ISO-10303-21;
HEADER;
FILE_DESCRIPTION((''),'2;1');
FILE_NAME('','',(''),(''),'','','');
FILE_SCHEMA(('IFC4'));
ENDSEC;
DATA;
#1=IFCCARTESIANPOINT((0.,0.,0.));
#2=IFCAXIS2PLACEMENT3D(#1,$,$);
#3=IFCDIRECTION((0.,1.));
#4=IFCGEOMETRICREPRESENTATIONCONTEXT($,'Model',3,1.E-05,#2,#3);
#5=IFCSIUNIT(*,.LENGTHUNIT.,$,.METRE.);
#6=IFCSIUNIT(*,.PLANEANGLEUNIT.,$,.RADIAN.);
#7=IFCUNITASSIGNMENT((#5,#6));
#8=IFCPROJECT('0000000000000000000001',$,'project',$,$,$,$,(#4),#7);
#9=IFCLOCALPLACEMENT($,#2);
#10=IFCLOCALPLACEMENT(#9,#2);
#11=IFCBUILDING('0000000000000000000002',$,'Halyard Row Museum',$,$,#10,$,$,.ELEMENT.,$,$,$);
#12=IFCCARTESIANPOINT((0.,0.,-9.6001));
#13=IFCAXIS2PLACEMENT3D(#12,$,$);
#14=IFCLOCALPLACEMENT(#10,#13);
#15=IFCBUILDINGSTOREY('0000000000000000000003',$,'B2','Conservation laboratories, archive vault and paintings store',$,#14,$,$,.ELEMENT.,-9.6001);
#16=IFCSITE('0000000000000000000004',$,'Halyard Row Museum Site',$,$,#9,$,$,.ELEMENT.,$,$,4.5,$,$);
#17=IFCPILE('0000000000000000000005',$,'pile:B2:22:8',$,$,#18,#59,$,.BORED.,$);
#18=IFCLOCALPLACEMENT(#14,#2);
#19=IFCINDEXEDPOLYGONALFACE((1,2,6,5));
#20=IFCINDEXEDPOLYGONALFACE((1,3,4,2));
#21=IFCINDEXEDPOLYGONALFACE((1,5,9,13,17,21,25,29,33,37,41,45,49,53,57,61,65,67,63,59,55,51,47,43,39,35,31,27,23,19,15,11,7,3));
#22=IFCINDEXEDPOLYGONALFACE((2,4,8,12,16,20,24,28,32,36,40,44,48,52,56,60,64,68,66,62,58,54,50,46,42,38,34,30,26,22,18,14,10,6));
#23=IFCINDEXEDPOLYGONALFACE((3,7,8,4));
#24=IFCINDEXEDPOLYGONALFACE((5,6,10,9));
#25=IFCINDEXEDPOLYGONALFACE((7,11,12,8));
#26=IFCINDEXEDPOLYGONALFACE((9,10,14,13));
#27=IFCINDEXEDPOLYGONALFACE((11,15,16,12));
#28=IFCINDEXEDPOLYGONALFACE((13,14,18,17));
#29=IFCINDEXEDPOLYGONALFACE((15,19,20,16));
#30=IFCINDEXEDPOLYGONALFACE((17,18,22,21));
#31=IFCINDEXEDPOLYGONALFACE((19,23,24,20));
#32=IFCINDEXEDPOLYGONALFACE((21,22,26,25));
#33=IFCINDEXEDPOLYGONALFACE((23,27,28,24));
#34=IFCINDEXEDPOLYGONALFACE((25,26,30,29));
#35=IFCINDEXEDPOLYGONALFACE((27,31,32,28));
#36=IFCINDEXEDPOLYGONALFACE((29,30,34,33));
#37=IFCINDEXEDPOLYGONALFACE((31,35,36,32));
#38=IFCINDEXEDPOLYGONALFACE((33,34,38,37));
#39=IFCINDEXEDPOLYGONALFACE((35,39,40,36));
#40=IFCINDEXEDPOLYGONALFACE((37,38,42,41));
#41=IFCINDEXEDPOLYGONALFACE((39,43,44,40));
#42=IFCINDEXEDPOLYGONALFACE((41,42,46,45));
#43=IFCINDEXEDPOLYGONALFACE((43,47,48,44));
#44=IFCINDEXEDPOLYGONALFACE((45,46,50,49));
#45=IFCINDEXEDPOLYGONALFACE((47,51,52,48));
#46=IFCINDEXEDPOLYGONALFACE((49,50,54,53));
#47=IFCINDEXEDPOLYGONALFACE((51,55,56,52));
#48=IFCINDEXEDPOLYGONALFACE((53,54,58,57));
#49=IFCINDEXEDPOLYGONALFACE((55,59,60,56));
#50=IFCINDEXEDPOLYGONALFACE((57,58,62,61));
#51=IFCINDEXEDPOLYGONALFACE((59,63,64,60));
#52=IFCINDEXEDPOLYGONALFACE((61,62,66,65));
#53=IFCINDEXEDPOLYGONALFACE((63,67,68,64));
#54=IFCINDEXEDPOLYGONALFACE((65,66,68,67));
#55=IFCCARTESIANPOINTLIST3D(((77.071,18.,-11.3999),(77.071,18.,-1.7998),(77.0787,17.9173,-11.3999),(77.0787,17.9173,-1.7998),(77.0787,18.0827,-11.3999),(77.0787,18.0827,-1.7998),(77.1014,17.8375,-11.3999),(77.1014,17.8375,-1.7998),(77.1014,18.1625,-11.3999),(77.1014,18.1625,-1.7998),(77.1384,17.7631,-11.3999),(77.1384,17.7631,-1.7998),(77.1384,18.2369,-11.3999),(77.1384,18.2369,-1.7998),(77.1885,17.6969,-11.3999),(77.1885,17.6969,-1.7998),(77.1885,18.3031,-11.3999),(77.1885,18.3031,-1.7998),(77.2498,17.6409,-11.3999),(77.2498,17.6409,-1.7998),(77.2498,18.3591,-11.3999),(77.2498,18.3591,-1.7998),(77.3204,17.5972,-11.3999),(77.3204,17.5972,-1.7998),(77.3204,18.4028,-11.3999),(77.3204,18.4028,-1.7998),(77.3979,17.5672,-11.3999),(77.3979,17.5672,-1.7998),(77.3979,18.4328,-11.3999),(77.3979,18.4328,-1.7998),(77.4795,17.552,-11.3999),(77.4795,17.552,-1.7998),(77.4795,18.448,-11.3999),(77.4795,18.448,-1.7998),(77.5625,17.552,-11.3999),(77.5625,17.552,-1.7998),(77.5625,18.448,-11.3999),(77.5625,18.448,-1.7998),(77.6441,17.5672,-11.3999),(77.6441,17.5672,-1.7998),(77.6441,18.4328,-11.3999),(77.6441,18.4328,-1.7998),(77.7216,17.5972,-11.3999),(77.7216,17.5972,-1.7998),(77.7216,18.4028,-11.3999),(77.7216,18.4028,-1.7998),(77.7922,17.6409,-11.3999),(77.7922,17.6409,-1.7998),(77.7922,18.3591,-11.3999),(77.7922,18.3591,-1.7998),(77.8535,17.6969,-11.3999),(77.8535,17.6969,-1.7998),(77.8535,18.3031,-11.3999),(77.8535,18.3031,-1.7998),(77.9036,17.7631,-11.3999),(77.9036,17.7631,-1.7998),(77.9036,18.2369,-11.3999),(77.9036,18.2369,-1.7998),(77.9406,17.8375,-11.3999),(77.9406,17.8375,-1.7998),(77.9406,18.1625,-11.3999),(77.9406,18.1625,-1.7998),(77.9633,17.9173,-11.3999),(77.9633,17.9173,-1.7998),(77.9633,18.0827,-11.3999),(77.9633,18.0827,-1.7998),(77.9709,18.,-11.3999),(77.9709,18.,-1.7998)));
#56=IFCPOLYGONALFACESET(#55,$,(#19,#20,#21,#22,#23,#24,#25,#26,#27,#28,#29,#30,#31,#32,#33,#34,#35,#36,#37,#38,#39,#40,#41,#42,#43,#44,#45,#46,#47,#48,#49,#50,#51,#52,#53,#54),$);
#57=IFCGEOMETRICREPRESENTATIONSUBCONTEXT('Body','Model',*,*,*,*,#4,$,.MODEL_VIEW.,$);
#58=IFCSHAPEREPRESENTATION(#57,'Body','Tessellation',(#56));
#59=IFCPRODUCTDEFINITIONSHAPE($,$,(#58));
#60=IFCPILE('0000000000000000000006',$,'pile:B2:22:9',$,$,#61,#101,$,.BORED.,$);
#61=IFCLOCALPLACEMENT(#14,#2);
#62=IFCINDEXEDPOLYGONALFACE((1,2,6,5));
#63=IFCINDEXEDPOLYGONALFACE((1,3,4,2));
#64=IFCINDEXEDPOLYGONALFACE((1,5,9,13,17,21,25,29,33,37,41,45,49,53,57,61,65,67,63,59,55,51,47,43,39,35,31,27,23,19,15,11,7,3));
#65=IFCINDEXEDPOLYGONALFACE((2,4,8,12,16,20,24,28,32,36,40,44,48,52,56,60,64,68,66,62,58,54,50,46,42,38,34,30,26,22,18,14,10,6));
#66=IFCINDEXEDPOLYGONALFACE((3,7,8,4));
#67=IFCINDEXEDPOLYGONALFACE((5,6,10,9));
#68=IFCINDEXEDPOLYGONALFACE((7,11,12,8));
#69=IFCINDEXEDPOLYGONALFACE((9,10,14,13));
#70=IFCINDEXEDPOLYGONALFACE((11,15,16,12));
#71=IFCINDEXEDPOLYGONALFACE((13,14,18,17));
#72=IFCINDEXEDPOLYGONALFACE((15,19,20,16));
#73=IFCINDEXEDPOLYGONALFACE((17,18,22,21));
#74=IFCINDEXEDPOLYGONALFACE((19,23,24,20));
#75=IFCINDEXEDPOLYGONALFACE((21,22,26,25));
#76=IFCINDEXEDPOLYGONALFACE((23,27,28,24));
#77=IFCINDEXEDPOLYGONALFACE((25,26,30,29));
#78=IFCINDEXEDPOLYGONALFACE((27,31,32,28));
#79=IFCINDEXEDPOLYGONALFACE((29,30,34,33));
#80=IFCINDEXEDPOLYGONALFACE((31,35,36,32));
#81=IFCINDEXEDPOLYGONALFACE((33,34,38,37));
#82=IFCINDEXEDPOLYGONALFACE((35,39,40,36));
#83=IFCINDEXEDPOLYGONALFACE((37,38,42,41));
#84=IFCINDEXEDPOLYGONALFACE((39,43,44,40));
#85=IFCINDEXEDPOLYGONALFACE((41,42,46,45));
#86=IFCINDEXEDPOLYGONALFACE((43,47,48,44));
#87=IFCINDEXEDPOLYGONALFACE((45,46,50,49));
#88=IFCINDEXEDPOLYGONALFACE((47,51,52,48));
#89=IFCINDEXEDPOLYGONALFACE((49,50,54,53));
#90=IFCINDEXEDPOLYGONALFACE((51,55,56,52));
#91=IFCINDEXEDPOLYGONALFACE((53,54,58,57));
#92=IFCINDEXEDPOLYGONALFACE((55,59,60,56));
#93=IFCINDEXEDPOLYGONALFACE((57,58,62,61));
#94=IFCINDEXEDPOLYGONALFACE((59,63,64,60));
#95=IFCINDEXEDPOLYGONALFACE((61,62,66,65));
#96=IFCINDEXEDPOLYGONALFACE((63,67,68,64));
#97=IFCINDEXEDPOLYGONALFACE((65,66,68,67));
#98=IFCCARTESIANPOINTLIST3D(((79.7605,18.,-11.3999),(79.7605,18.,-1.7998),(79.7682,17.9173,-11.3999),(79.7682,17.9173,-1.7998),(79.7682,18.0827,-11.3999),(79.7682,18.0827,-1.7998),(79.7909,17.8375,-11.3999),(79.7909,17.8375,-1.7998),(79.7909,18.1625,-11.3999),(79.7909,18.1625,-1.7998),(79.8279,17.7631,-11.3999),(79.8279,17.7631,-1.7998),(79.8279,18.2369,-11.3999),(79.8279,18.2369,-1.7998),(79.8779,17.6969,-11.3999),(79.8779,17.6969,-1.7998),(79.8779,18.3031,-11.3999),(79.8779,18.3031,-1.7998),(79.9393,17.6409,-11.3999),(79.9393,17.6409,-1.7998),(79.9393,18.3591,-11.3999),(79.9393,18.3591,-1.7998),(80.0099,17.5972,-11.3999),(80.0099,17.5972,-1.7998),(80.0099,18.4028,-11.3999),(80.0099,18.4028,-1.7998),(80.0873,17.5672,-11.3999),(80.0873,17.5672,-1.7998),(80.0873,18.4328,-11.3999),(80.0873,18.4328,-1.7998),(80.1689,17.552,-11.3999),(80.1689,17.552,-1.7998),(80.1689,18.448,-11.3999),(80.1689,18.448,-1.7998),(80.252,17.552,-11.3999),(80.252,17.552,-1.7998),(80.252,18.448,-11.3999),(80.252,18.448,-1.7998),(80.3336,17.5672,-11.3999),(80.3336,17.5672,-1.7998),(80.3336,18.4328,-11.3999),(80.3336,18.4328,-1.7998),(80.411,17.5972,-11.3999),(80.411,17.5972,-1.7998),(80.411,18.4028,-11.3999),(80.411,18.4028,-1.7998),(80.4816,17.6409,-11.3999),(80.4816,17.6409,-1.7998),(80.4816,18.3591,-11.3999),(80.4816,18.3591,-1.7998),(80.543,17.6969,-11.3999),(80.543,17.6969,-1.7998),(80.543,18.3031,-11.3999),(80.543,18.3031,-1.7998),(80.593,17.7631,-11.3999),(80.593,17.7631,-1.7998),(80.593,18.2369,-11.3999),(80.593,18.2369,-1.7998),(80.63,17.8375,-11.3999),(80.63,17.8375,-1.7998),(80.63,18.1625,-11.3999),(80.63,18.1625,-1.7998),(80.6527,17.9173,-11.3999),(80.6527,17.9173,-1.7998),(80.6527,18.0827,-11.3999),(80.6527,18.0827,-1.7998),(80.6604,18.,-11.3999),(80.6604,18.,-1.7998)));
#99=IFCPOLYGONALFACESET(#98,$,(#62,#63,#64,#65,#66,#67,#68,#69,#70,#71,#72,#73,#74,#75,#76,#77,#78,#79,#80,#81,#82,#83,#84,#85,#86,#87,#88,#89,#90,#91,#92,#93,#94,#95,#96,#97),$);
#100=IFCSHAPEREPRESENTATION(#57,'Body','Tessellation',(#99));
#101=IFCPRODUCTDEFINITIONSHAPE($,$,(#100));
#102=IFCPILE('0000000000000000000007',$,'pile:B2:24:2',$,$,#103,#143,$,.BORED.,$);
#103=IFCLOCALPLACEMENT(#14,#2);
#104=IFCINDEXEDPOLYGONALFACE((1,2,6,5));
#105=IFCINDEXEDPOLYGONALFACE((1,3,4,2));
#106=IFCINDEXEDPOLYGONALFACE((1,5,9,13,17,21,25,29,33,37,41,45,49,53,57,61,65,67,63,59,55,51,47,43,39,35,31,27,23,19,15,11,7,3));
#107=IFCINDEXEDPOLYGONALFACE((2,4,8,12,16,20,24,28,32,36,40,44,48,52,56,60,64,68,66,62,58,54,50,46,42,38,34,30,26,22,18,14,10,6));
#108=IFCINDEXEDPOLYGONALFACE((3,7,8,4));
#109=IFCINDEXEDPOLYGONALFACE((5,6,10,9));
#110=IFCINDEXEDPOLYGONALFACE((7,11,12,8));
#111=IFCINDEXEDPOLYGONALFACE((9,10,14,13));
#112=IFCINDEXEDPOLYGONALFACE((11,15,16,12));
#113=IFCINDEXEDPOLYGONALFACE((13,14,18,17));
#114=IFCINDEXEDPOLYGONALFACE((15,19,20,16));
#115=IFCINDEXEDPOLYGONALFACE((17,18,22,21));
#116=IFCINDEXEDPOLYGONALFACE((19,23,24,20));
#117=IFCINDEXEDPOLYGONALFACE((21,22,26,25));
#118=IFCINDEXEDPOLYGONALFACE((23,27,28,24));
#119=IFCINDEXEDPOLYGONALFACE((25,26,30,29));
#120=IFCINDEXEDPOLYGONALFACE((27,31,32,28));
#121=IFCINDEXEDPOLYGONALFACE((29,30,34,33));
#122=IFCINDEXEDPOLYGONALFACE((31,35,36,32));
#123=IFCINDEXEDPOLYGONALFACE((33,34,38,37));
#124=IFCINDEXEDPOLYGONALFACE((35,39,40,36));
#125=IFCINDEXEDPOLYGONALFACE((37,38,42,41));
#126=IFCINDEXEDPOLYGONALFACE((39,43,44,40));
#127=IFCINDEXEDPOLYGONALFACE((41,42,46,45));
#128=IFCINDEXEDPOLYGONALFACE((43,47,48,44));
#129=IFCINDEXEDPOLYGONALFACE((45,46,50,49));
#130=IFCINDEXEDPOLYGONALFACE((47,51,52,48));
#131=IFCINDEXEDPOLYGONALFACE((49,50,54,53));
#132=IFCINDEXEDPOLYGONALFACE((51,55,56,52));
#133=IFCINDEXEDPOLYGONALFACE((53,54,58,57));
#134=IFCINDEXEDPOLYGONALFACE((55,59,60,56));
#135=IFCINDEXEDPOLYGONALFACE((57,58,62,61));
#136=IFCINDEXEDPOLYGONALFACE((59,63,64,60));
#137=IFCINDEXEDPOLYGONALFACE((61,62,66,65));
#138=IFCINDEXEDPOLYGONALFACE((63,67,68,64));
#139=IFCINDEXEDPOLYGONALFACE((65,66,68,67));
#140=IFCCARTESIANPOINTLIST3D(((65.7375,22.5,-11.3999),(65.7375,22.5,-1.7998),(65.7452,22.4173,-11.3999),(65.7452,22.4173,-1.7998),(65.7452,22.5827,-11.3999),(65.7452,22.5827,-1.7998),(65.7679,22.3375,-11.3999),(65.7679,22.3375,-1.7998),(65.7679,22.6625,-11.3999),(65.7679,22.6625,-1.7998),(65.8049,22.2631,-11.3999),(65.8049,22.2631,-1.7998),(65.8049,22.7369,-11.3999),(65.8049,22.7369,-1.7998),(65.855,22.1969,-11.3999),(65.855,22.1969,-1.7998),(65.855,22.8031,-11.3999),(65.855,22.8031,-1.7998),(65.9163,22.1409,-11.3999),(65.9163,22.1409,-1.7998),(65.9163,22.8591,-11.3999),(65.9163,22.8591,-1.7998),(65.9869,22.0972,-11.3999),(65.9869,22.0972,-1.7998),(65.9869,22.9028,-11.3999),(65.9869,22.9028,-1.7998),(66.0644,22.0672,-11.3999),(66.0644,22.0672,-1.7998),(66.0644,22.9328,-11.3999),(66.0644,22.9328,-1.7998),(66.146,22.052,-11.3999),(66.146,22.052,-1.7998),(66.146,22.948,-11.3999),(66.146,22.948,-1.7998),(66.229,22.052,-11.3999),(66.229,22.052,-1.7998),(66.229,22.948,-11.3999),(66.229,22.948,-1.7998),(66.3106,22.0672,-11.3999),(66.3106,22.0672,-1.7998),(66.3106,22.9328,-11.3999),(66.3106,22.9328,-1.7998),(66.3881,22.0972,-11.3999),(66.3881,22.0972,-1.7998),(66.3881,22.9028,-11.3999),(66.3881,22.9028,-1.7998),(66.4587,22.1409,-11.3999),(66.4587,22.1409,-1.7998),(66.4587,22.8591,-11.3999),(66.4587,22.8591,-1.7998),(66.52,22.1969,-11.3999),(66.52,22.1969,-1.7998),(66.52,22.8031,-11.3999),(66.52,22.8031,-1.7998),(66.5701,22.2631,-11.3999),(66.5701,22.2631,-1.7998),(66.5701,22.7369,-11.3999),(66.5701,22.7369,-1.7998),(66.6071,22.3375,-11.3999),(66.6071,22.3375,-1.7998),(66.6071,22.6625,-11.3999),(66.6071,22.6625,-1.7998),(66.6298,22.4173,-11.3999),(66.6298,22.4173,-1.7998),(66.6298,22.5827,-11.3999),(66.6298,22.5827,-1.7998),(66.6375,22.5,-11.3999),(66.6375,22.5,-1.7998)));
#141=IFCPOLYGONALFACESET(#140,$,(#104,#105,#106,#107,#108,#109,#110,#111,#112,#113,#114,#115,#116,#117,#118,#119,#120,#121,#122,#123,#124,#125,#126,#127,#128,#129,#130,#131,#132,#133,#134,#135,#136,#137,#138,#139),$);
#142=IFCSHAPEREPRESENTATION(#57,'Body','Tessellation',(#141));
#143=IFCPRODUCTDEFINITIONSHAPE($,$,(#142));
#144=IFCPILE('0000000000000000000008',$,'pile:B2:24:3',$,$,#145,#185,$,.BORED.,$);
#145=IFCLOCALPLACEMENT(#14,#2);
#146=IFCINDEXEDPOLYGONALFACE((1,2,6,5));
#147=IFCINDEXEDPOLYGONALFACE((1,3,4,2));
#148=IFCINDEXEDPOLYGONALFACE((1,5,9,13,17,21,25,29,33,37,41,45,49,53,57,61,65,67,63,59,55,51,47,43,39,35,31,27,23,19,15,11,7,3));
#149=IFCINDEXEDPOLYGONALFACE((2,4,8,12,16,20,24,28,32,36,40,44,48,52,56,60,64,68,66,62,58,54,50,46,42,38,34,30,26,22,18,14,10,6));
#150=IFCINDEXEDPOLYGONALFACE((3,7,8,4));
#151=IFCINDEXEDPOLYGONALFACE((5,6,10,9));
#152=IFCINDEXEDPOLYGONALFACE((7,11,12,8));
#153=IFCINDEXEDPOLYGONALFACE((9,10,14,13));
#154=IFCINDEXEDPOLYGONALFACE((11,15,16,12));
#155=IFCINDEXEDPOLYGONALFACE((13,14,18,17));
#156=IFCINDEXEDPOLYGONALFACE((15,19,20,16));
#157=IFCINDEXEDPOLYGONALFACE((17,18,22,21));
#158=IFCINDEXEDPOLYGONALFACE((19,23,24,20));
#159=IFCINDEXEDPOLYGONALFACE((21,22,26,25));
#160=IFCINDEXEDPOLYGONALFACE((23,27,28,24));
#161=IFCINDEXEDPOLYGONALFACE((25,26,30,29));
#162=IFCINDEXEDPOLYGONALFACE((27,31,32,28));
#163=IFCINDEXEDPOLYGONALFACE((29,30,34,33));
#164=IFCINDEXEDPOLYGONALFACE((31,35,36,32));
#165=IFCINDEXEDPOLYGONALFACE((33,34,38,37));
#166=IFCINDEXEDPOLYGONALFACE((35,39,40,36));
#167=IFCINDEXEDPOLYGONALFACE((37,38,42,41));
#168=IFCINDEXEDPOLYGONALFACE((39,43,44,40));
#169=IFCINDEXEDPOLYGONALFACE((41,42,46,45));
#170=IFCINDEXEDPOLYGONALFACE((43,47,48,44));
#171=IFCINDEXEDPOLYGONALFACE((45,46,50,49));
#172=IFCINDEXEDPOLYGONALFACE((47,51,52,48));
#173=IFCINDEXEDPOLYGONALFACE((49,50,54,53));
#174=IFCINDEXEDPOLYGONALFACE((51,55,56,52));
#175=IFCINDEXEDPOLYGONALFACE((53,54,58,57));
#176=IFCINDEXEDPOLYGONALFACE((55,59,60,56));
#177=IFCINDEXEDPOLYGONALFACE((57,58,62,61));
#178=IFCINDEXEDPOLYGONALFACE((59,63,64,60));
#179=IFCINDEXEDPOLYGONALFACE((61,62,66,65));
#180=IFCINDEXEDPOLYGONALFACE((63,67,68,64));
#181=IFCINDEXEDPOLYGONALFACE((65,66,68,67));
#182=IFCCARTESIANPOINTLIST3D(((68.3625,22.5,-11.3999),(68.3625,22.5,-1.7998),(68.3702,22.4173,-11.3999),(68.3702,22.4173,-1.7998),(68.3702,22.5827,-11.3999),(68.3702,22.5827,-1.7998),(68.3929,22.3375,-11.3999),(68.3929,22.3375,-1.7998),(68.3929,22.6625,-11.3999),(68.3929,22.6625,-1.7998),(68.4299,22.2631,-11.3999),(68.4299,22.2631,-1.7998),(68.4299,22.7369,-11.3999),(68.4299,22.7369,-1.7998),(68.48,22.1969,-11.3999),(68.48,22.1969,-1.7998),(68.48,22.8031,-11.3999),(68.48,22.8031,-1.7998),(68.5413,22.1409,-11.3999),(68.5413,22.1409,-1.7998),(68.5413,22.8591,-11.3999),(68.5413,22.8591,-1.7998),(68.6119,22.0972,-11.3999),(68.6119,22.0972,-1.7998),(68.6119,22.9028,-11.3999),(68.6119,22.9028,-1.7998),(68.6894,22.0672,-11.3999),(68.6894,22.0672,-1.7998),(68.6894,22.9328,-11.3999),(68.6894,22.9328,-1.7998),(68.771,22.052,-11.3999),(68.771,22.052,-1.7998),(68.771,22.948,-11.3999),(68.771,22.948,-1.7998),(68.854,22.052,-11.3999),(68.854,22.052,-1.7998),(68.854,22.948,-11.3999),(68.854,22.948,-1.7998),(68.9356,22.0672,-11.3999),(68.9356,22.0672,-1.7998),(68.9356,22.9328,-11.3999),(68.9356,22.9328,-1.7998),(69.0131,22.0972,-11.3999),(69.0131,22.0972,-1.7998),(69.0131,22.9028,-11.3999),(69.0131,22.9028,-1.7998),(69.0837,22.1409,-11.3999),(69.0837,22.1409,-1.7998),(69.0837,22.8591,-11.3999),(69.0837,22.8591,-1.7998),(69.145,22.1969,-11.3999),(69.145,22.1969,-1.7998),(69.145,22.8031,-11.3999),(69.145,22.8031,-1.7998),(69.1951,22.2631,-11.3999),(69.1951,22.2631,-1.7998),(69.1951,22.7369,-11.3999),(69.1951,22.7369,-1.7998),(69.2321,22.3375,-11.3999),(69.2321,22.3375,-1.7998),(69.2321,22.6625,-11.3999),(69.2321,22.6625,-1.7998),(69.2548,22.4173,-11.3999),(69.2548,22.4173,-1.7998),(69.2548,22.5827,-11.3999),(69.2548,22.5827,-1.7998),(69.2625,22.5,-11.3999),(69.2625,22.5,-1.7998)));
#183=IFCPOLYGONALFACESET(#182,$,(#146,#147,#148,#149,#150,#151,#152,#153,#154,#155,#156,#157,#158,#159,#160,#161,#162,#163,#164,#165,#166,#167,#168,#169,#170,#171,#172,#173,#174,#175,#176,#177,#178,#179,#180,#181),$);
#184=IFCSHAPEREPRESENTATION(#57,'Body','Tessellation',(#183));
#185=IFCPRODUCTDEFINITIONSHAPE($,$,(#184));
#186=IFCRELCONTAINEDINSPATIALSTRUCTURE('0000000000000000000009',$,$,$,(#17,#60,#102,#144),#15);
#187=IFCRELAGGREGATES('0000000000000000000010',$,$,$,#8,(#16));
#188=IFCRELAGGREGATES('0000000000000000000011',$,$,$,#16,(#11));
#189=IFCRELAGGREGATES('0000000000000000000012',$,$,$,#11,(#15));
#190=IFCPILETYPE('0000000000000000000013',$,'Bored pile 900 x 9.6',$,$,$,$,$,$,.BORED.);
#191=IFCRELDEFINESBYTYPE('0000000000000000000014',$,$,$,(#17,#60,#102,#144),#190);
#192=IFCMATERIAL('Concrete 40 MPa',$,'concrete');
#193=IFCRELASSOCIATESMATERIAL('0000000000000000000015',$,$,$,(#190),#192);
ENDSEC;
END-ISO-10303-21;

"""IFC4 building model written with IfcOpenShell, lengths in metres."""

from ifc_helpers import new_model, si_unit, direction, frame, origin, origin_2d, place, context, subcontext, project, spatial, circle, extrude, material, material_profile, profile_set, type_object, element, save


model = new_model("IFC4")

# Units and contexts
model_context = context("Model", 3, precision=1e-05, world=origin(), true_north=direction((0.0, 1.0)))
body_context = subcontext(model_context, "Body", "Model", "MODEL_VIEW")
ifc_project = project(units=[si_unit("LENGTHUNIT", "METRE"), si_unit("PLANEANGLEUNIT", "RADIAN")], contexts=[model_context])

# Site, building, storey
site_placement = place(None, origin())
site = spatial("IfcSite", under=ifc_project, at=site_placement, Name="Halyard Row Museum Site", CompositionType="ELEMENT", RefElevation=4.5)
building_placement = place(site_placement, origin())
building = spatial("IfcBuilding", under=site, at=building_placement, Name="Halyard Row Museum", CompositionType="ELEMENT")
storey_placement = place(building_placement, frame((0.0, 0.0, -9.6001)))
storey = spatial("IfcBuildingStorey", under=building, at=storey_placement, Name="B2", Description="Conservation laboratories, archive vault and paintings store", CompositionType="ELEMENT", Elevation=-9.6001)

# Piles
ifc_material_1 = material(Name="Concrete 40 MPa", Category="concrete")
ifc_material_profile_1 = material_profile(ifc_material_1, circle(Radius=0.45, at=origin_2d()), Name="Bored pile 900 x 9.6")
ifc_profile_set_1 = profile_set([ifc_material_profile_1], Name="Concrete 40 MPa")
pile_type_1 = type_object("IfcPileType", Name="Bored pile 900 x 9.6", PredefinedType="BORED", material=ifc_profile_set_1)
for number, where, z_axis, x_axis, name in (
    (1, (77.521, 18.0, -1.7998), (0.0, 0.0, -1.0), (1.0, 0.0, 0.0), "pile:B2:22:8"),
    (2, (80.2104, 18.0, -1.7998), (0.0, 0.0, -1.0), (1.0, 0.0, 0.0), "pile:B2:22:9"),
    (3, (66.1875, 22.5, -1.7998), (0.0, 0.0, -1.0), (1.0, 0.0, 0.0), "pile:B2:24:2"),
    (4, (68.8125, 22.5, -1.7998), (0.0, 0.0, -1.0), (1.0, 0.0, 0.0), "pile:B2:24:3"),
):
    element("IfcPile", number, at=place(storey_placement, frame(where, z_axis=z_axis, x_axis=x_axis)), inside=storey, type_object=pile_type_1, Name=name, PredefinedType="BORED", context=body_context, shape_type="SweptSolid", body=[
        extrude(circle(Radius=0.45, at=origin_2d()), origin(), (0.0, 0.0, 1.0), 9.6001),
    ])

save(model, "model.ifc")
